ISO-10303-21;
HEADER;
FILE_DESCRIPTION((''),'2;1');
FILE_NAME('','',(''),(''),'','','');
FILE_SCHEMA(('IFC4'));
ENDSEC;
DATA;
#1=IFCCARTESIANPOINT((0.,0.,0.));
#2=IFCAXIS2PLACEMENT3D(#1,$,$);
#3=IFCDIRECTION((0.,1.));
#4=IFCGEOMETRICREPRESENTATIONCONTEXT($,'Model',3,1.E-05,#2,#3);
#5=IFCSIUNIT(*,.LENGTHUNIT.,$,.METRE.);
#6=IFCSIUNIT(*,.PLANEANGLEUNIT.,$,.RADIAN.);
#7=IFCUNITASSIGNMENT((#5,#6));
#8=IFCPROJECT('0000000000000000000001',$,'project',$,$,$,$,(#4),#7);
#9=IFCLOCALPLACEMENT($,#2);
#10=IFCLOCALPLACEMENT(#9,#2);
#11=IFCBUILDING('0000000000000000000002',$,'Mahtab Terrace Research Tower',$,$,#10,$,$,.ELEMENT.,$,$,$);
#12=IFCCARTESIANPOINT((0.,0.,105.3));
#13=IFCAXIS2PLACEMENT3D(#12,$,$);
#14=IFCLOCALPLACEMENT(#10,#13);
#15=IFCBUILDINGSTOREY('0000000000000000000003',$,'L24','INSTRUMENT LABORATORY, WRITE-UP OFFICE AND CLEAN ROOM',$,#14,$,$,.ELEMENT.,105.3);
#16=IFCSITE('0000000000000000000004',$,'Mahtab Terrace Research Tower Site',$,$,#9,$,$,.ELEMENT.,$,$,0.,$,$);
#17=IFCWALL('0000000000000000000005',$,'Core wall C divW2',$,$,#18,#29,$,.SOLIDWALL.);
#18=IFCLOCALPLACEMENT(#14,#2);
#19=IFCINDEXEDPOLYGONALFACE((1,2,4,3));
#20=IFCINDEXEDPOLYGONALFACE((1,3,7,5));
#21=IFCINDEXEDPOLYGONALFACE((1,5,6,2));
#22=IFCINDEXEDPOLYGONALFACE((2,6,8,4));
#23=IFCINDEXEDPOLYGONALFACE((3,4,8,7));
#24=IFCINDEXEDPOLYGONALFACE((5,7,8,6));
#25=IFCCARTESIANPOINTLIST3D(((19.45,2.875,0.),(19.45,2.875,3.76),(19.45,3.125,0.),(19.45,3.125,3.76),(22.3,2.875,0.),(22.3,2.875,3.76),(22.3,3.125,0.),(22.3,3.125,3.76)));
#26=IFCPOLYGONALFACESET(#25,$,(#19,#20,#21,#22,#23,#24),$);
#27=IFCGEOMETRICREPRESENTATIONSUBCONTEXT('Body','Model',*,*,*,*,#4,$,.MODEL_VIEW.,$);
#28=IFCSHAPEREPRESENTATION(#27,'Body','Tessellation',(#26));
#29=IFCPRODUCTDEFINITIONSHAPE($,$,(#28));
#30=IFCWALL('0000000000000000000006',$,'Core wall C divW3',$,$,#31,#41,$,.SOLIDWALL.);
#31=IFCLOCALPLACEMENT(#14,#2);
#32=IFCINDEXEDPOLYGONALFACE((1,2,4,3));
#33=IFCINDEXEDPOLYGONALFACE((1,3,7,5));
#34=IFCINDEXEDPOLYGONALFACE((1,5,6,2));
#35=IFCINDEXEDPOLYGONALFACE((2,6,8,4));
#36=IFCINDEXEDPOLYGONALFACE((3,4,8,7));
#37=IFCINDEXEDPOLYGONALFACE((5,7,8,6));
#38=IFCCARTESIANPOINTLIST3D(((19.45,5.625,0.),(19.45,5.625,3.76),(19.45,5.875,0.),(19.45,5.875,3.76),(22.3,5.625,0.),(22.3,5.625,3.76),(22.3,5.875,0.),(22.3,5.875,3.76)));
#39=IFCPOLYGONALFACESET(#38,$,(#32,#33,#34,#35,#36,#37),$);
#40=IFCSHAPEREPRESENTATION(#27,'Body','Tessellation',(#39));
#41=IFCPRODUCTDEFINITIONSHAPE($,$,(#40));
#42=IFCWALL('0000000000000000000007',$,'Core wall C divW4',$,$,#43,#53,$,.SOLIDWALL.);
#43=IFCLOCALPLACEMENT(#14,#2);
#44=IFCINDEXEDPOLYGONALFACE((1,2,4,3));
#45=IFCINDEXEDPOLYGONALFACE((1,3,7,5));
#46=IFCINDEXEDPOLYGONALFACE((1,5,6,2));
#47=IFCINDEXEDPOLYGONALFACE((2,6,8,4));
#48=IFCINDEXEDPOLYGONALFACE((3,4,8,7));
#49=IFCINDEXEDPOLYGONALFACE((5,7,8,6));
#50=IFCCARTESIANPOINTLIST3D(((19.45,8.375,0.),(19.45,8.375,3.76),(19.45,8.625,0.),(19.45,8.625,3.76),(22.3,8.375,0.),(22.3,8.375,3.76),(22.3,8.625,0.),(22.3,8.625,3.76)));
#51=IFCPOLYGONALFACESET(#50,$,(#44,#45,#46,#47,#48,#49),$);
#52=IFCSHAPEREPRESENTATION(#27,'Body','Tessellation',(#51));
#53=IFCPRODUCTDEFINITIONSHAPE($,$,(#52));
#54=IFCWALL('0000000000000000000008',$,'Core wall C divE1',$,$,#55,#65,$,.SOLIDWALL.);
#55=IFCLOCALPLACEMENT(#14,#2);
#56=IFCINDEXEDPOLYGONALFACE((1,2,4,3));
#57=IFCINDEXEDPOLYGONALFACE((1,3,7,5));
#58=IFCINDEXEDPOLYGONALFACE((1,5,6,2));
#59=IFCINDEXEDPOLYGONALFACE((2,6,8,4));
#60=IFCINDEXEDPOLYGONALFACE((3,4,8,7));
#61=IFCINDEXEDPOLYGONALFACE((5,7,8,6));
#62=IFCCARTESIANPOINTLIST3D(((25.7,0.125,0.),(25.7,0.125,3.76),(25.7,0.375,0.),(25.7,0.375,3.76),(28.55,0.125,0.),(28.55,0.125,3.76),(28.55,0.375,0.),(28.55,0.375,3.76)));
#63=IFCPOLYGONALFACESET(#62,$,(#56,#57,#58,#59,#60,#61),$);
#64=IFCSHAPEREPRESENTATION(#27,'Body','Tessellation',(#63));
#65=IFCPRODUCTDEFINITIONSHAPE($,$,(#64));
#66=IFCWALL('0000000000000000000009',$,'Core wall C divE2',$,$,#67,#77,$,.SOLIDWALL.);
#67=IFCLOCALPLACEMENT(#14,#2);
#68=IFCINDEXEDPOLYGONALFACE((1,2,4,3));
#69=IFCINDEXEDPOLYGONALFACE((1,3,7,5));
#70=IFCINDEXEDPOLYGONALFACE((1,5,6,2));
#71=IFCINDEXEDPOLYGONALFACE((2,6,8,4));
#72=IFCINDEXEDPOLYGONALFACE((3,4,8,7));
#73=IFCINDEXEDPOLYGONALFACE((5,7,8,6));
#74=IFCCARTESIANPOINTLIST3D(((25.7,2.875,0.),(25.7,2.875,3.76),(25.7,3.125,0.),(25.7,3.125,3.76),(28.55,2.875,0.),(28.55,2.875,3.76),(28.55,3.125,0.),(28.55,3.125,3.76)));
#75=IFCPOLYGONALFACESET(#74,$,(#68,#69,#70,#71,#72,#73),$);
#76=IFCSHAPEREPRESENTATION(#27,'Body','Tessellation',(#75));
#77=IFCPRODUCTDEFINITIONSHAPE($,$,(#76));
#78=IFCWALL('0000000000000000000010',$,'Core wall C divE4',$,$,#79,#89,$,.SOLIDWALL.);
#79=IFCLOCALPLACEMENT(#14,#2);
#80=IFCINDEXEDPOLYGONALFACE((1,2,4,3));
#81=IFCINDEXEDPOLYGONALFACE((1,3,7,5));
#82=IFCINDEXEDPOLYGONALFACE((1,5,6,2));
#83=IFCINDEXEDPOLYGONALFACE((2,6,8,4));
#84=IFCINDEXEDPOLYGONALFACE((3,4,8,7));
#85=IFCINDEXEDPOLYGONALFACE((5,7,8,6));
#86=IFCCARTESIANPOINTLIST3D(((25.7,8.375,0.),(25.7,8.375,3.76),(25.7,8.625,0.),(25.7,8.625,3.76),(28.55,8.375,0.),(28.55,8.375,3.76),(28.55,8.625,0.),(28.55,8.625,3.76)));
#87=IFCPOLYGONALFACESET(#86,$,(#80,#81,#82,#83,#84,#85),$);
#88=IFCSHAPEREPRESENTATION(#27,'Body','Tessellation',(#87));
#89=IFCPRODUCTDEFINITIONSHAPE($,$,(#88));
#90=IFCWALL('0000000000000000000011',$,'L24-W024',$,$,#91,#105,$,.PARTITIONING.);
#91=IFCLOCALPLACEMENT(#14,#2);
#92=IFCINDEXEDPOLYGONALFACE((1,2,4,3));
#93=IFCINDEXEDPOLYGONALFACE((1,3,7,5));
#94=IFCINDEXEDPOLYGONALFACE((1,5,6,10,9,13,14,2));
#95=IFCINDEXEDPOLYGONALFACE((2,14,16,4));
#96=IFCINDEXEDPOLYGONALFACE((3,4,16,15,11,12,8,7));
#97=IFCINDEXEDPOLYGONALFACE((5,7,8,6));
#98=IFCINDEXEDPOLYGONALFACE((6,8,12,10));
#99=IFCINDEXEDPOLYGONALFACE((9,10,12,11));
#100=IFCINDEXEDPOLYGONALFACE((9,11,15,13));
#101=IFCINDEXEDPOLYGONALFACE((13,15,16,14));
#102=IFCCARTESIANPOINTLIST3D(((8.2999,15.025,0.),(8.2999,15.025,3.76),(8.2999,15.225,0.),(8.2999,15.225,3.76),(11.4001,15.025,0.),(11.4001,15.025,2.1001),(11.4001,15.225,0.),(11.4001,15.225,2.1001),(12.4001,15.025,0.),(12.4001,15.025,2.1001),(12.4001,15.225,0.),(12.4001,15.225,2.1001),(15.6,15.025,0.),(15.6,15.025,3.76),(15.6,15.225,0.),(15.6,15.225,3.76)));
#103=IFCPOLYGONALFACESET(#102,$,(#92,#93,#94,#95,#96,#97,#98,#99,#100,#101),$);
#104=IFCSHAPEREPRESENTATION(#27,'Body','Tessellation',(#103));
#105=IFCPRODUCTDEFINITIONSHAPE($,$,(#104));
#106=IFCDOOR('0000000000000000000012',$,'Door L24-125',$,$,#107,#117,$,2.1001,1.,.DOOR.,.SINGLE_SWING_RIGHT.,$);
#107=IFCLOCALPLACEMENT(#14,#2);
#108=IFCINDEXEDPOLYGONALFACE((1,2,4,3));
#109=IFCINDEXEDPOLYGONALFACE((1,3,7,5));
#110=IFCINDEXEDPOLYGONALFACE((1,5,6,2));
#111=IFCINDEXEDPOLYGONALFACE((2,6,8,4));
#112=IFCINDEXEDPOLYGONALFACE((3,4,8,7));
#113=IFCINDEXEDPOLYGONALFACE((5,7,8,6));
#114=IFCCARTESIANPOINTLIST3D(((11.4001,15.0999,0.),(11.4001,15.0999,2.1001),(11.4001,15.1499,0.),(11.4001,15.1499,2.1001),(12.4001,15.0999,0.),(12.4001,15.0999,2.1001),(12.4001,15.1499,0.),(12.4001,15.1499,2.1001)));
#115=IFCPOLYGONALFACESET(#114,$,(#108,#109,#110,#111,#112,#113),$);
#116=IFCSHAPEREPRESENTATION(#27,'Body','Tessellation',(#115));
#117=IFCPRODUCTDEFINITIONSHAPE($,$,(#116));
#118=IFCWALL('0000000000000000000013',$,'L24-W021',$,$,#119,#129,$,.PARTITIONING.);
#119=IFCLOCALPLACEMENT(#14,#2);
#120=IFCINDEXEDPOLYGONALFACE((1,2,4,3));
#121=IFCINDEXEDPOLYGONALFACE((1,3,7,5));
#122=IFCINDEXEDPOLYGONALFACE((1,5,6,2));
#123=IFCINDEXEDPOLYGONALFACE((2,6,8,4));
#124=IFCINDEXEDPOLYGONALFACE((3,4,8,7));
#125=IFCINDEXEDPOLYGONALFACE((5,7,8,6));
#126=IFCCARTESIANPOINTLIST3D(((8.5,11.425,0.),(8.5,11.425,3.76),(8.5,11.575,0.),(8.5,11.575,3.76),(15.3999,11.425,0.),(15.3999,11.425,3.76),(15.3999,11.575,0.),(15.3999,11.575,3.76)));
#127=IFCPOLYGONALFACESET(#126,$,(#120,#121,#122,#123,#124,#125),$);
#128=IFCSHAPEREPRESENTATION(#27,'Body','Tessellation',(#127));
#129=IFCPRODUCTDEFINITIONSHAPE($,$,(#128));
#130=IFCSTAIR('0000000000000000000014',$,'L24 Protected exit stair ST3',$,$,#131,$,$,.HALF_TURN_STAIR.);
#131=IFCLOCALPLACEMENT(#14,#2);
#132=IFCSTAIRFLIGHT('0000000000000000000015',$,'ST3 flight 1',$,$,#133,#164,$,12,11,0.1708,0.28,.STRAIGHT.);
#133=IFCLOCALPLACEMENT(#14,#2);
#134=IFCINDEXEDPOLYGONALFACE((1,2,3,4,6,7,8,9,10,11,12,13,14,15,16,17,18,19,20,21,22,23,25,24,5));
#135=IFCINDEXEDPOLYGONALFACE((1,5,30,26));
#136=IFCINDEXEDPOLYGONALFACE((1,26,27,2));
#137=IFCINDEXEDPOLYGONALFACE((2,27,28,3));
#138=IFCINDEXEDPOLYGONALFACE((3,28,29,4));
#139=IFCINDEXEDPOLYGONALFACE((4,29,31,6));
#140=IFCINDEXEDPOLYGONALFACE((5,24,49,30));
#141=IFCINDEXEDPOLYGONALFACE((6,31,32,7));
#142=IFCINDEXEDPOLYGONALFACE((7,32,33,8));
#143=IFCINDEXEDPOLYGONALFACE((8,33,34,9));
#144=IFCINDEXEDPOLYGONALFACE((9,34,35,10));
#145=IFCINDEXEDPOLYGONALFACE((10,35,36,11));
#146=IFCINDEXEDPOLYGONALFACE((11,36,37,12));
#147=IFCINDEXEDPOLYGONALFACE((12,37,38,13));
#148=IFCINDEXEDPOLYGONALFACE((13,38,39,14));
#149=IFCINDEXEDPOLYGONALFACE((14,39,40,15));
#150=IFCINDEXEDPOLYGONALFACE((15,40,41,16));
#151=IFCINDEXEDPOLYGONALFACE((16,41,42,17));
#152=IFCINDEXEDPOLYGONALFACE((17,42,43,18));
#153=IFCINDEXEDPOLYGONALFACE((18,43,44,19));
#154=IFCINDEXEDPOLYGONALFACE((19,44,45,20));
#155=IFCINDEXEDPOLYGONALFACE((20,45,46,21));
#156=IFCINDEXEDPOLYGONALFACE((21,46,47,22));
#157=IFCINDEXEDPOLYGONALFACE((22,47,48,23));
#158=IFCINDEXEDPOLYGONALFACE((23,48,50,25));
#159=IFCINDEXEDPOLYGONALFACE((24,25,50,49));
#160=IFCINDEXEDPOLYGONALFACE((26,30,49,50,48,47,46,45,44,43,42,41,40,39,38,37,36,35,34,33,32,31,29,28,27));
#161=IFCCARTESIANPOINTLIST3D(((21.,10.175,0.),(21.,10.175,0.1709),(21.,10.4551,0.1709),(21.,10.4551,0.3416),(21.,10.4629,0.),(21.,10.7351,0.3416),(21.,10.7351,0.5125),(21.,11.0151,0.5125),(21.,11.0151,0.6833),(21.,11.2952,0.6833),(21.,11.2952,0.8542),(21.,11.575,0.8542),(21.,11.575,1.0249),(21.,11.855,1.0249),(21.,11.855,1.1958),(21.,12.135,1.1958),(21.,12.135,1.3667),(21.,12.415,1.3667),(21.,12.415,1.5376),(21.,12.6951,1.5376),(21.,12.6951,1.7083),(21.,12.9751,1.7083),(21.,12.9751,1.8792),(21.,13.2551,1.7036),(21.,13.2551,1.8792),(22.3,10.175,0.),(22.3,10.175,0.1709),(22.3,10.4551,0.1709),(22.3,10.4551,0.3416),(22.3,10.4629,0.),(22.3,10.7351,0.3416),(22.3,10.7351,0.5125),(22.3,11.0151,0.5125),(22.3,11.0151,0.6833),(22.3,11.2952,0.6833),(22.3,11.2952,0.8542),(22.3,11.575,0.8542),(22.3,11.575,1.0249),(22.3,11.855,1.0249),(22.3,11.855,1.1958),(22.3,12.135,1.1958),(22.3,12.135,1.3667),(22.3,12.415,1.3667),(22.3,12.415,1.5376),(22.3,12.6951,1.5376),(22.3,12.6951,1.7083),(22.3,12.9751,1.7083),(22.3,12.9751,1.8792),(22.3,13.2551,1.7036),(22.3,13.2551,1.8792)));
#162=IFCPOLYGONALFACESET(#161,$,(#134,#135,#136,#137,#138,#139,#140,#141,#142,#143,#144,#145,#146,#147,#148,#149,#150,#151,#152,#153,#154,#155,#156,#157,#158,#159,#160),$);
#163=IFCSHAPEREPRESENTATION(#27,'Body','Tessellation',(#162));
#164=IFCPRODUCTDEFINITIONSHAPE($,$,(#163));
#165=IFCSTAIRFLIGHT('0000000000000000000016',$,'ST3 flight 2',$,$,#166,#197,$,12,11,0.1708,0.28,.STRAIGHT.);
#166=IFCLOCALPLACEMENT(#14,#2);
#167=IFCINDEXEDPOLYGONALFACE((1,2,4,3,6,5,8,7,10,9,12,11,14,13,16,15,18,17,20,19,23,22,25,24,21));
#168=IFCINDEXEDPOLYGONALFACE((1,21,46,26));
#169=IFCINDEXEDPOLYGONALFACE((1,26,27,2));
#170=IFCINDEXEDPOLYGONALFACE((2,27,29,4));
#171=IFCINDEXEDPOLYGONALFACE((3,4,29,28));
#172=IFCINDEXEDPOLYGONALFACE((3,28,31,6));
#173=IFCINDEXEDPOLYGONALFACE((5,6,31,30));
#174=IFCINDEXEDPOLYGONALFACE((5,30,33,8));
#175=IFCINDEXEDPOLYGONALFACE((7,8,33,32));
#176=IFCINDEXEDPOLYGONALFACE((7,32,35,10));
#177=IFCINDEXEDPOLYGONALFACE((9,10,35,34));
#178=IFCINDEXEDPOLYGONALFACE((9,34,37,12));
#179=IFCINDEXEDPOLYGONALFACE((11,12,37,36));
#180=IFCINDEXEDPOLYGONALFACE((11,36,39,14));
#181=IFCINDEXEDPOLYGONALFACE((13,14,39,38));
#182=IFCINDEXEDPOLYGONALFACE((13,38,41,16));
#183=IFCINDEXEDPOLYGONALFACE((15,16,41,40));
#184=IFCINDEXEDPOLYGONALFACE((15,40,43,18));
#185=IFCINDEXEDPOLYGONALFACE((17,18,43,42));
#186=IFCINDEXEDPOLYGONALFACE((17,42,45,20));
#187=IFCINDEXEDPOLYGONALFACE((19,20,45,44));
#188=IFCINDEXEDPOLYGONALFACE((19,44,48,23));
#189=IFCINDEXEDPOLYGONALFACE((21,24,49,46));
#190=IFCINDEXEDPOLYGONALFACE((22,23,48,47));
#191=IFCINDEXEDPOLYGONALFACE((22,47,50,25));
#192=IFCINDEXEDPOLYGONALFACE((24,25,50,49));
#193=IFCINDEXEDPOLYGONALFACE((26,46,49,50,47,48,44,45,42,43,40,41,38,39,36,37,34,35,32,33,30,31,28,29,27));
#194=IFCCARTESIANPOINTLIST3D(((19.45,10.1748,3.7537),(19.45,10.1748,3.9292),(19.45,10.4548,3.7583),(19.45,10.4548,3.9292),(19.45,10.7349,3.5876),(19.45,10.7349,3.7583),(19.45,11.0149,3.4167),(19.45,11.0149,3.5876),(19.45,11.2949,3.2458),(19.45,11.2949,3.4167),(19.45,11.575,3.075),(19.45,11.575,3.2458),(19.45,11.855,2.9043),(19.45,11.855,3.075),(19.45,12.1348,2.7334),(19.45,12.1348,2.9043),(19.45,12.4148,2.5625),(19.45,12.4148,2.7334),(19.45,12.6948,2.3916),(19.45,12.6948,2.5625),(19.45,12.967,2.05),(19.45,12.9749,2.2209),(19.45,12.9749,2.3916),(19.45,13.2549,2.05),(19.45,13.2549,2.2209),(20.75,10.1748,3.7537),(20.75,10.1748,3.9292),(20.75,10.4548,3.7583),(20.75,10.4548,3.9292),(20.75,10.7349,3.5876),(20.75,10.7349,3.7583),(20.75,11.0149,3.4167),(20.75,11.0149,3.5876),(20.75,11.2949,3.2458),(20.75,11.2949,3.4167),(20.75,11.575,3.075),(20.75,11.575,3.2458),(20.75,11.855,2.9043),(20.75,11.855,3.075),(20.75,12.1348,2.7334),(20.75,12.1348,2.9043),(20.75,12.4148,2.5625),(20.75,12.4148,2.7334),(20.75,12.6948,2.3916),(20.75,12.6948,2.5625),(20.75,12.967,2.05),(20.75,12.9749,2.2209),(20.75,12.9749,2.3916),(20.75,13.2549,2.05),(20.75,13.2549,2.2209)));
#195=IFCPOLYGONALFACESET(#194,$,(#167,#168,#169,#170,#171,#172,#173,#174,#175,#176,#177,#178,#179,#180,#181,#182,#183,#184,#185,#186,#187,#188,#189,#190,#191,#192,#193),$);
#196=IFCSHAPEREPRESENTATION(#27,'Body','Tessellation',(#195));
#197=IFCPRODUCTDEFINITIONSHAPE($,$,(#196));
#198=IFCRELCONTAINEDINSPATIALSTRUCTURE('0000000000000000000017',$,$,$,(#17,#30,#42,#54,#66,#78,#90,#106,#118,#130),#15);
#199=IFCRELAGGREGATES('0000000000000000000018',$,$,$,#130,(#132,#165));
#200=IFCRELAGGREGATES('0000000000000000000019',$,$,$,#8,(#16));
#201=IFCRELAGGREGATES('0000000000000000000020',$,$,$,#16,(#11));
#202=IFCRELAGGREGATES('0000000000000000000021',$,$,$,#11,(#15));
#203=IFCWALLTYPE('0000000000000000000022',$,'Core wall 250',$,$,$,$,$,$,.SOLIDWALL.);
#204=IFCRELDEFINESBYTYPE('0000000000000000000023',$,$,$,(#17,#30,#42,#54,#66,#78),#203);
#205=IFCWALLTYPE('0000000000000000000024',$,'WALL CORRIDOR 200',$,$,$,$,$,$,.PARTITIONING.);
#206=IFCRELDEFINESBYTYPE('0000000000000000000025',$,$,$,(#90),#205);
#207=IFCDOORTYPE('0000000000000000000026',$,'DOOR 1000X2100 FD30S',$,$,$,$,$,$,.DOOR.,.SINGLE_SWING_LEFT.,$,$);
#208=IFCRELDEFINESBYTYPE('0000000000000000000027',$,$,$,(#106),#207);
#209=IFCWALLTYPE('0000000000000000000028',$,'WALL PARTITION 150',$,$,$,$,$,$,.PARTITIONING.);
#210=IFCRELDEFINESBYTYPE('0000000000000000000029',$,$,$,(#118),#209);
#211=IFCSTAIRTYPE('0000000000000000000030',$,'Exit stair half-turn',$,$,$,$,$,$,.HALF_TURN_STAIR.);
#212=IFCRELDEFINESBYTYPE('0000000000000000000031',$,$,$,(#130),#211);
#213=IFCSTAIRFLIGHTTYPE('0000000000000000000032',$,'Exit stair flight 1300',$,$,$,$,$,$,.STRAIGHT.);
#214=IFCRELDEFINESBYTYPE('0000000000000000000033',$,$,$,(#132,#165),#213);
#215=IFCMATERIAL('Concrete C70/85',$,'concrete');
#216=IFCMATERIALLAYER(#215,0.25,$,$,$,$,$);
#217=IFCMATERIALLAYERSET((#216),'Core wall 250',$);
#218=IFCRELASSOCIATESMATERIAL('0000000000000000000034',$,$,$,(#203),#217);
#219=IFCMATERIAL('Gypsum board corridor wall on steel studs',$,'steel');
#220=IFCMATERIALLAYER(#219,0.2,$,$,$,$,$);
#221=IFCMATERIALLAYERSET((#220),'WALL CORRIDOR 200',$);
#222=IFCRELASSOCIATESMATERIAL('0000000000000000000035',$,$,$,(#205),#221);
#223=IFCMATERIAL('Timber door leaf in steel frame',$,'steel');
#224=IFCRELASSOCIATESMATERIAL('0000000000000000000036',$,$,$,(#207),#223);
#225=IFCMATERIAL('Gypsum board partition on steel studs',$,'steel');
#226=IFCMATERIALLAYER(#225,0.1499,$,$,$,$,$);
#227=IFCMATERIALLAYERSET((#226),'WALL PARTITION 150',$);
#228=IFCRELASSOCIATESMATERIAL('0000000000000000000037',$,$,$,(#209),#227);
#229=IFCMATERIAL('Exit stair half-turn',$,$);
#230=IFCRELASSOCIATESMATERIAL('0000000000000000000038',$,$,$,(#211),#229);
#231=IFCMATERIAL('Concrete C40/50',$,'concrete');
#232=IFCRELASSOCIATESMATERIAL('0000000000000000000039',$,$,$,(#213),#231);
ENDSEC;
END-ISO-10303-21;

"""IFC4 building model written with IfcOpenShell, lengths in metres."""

from ifc_helpers import new_model, si_unit, direction, frame, frame_2d, origin, place, context, subcontext, project, spatial, polyline, rectangle, outline, extrude, material, layer, layer_set, type_object, element, fill, aggregate, save


model = new_model("IFC4")

# Units and contexts
model_context = context("Model", 3, precision=1e-05, world=origin(), true_north=direction((0.0, 1.0)))
body_context = subcontext(model_context, "Body", "Model", "MODEL_VIEW")
ifc_project = project(units=[si_unit("LENGTHUNIT", "METRE"), si_unit("PLANEANGLEUNIT", "RADIAN")], contexts=[model_context])

# Site, building, storey
site_placement = place(None, origin())
site = spatial("IfcSite", under=ifc_project, at=site_placement, Name="Mahtab Terrace Research Tower Site", CompositionType="ELEMENT", RefElevation=0.0)
building_placement = place(site_placement, origin())
building = spatial("IfcBuilding", under=site, at=building_placement, Name="Mahtab Terrace Research Tower", CompositionType="ELEMENT")
storey_placement = place(building_placement, frame((0.0, 0.0, 105.3)))
storey = spatial("IfcBuildingStorey", under=building, at=storey_placement, Name="L24", Description="INSTRUMENT LABORATORY, WRITE-UP OFFICE AND CLEAN ROOM", CompositionType="ELEMENT", Elevation=105.3)

# Shared definitions
ifc_material_1 = material(Name="Concrete C70/85", Category="concrete")

# Shared definitions
ifc_layer_1 = layer(ifc_material_1, 0.25)
ifc_layer_set_1 = layer_set([ifc_layer_1], Name="Core wall 250")
wall_type_1 = type_object("IfcWallType", Name="Core wall 250", PredefinedType="SOLIDWALL", material=ifc_layer_set_1)

# Walls
for number, where, z_axis, x_axis, name in (
    (1, (19.45, 3.0, 0.0), (0.0, 0.0, 1.0), (1.0, 0.0, 0.0), "Core wall C divW2"),
    (2, (19.45, 5.75, 0.0), (0.0, 0.0, 1.0), (1.0, 0.0, 0.0), "Core wall C divW3"),
    (3, (19.45, 8.5, 0.0), (0.0, 0.0, 1.0), (1.0, 0.0, 0.0), "Core wall C divW4"),
    (4, (25.7, 0.25, 0.0), (0.0, 0.0, 1.0), (1.0, 0.0, 0.0), "Core wall C divE1"),
    (5, (25.7, 3.0, 0.0), (0.0, 0.0, 1.0), (1.0, 0.0, 0.0), "Core wall C divE2"),
    (6, (25.7, 8.5, 0.0), (0.0, 0.0, 1.0), (1.0, 0.0, 0.0), "Core wall C divE4"),
):
    element("IfcWall", number, at=place(storey_placement, frame(where, z_axis=z_axis, x_axis=x_axis)), inside=storey, type_object=wall_type_1, Name=name, PredefinedType="SOLIDWALL", context=body_context, shape_type="SweptSolid", body=[
        extrude(rectangle(XDim=2.8501, YDim=0.25, at=frame_2d((1.425, 0.0))), origin(), (0.0, 0.0, 1.0), 3.76),
    ])

# Wall, opening, door
ifc_material_2 = material(Name="Gypsum board corridor wall on steel studs", Category="steel")
ifc_layer_2 = layer(ifc_material_2, 0.2)
ifc_layer_set_2 = layer_set([ifc_layer_2], Name="WALL CORRIDOR 200")
wall_type_2 = type_object("IfcWallType", Name="WALL CORRIDOR 200", PredefinedType="PARTITIONING", material=ifc_layer_set_2)
wall_1_placement = place(storey_placement, frame((8.3, 15.125, 0.0), z_axis=(0.0, 0.0, 1.0), x_axis=(1.0, 0.0, 0.0)))
wall_1 = element("IfcWall", 7, at=wall_1_placement, inside=storey, type_object=wall_type_2, Name="L24-W024", PredefinedType="PARTITIONING", context=body_context, shape_type="SweptSolid", body=[
    extrude(rectangle(XDim=7.3, YDim=0.2, at=frame_2d((3.6499, 0.0))), origin(), (0.0, 0.0, 1.0), 3.76),
])
opening_1_placement = place(wall_1_placement, frame((3.1001, 0.0, 0.0)))
opening_1 = element("IfcOpeningElement", 8, at=opening_1_placement, cuts=wall_1, PredefinedType="OPENING", context=body_context, shape_type="SweptSolid", body=[
    extrude(rectangle(XDim=1.0, YDim=2.1001, at=frame_2d((0.5, 1.05))), frame((0.0, 0.1099, 0.0), z_axis=(0.0, -1.0, 0.0), x_axis=(1.0, 0.0, 0.0)), (0.0, 0.0, 1.0), 0.22),
])
ifc_material_3 = material(Name="Timber door leaf in steel frame", Category="steel")
door_type_1 = type_object("IfcDoorType", Name="DOOR 1000X2100 FD30S", OperationType="SINGLE_SWING_LEFT", PredefinedType="DOOR", material=ifc_material_3)
door_1_placement = place(opening_1_placement, origin())
door_1 = element("IfcDoor", 9, at=door_1_placement, inside=storey, type_object=door_type_1, Name="Door L24-125", OperationType="SINGLE_SWING_RIGHT", OverallHeight=2.1001, OverallWidth=1.0, PredefinedType="DOOR", context=body_context, shape_type="SweptSolid", body=[
    extrude(rectangle(XDim=1.0, YDim=2.1001, at=frame_2d((0.5, 1.05))), frame((0.0, 0.0249, 0.0), z_axis=(0.0, -1.0, 0.0), x_axis=(1.0, 0.0, 0.0)), (0.0, 0.0, 1.0), 0.05),
])
fill(opening_1, door_1)

# Wall
ifc_material_4 = material(Name="Gypsum board partition on steel studs", Category="steel")
ifc_layer_3 = layer(ifc_material_4, 0.1499)
ifc_layer_set_3 = layer_set([ifc_layer_3], Name="WALL PARTITION 150")
wall_type_3 = type_object("IfcWallType", Name="WALL PARTITION 150", PredefinedType="PARTITIONING", material=ifc_layer_set_3)
wall_2_placement = place(storey_placement, frame((8.5, 11.5, 0.0), z_axis=(0.0, 0.0, 1.0), x_axis=(1.0, 0.0, 0.0)))
element("IfcWall", 10, at=wall_2_placement, inside=storey, type_object=wall_type_3, Name="L24-W021", PredefinedType="PARTITIONING", context=body_context, shape_type="SweptSolid", body=[
    extrude(rectangle(XDim=6.8999, YDim=0.1499, at=frame_2d((3.45, 0.0))), origin(), (0.0, 0.0, 1.0), 3.76),
])

# Stair, stair flights
ifc_material_5 = material(Name="Exit stair half-turn")
stair_type = type_object("IfcStairType", Name="Exit stair half-turn", PredefinedType="HALF_TURN_STAIR", material=ifc_material_5)
stair_placement = place(storey_placement, origin())
stair = element("IfcStair", 11, at=stair_placement, inside=storey, type_object=stair_type, Name="L24 Protected exit stair ST3", PredefinedType="HALF_TURN_STAIR")
ifc_material_6 = material(Name="Concrete C40/50", Category="concrete")
stair_flight_type = type_object("IfcStairFlightType", Name="Exit stair flight 1300", PredefinedType="STRAIGHT", material=ifc_material_6)
stair_flight_1_placement = place(storey_placement, frame((21.6499, 10.175, 0.0), z_axis=(0.0, 0.0, 1.0), x_axis=(0.0, 1.0, 0.0)))
stair_flight_1 = element("IfcStairFlight", 12, at=stair_flight_1_placement, type_object=stair_flight_type, Name="ST3 flight 1", NumberOfRisers=12, NumberOfTreads=11, PredefinedType="STRAIGHT", RiserHeight=0.1708, TreadLength=0.28, context=body_context, shape_type="SweptSolid", body=[
    extrude(outline(polyline([(0.0, 0.0), (0.0, 0.1709), (0.28, 0.1709), (0.28, 0.3416), (0.5601, 0.3416), (0.5601, 0.5125), (0.8401, 0.5125), (0.8401, 0.6833), (1.1201, 0.6833), (1.1201, 0.8542), (1.3999, 0.8542), (1.3999, 1.0249), (1.6799, 1.0249), (1.6799, 1.1958), (1.96, 1.1958), (1.96, 1.3667), (2.24, 1.3667), (2.24, 1.5376), (2.52, 1.5376), (2.52, 1.7083), (2.8, 1.7083), (2.8, 1.8792), (3.0801, 1.8792), (3.0801, 2.05), (3.0801, 1.7036), (0.2878, 0.0), (0.0, 0.0)])), frame((0.0, 0.6499, 0.0), z_axis=(0.0, -1.0, 0.0), x_axis=(1.0, 0.0, 0.0)), (0.0, 0.0, 1.0), 1.3),
])
stair_flight_2_placement = place(storey_placement, frame((20.1001, 13.2549, 2.05), z_axis=(0.0, 0.0, 1.0), x_axis=(0.0, -1.0, 0.0)))
stair_flight_2 = element("IfcStairFlight", 13, at=stair_flight_2_placement, type_object=stair_flight_type, Name="ST3 flight 2", NumberOfRisers=12, NumberOfTreads=11, PredefinedType="STRAIGHT", RiserHeight=0.1708, TreadLength=0.28, context=body_context, shape_type="SweptSolid", body=[
    extrude(outline(polyline([(0.0, 0.0), (0.0, 0.1709), (0.28, 0.1709), (0.28, 0.3416), (0.5601, 0.3416), (0.5601, 0.5125), (0.8401, 0.5125), (0.8401, 0.6833), (1.1201, 0.6833), (1.1201, 0.8542), (1.3999, 0.8542), (1.3999, 1.0249), (1.6799, 1.0249), (1.6799, 1.1958), (1.96, 1.1958), (1.96, 1.3667), (2.24, 1.3667), (2.24, 1.5376), (2.52, 1.5376), (2.52, 1.7083), (2.8, 1.7083), (2.8, 1.8792), (3.0801, 1.8792), (3.0801, 2.05), (3.0801, 1.7036), (0.2878, 0.0), (0.0, 0.0)])), frame((0.0, 0.6499, 0.0), z_axis=(0.0, -1.0, 0.0), x_axis=(1.0, 0.0, 0.0)), (0.0, 0.0, 1.0), 1.3),
])
aggregate(stair, [stair_flight_1, stair_flight_2])

save(model, "model.ifc")
